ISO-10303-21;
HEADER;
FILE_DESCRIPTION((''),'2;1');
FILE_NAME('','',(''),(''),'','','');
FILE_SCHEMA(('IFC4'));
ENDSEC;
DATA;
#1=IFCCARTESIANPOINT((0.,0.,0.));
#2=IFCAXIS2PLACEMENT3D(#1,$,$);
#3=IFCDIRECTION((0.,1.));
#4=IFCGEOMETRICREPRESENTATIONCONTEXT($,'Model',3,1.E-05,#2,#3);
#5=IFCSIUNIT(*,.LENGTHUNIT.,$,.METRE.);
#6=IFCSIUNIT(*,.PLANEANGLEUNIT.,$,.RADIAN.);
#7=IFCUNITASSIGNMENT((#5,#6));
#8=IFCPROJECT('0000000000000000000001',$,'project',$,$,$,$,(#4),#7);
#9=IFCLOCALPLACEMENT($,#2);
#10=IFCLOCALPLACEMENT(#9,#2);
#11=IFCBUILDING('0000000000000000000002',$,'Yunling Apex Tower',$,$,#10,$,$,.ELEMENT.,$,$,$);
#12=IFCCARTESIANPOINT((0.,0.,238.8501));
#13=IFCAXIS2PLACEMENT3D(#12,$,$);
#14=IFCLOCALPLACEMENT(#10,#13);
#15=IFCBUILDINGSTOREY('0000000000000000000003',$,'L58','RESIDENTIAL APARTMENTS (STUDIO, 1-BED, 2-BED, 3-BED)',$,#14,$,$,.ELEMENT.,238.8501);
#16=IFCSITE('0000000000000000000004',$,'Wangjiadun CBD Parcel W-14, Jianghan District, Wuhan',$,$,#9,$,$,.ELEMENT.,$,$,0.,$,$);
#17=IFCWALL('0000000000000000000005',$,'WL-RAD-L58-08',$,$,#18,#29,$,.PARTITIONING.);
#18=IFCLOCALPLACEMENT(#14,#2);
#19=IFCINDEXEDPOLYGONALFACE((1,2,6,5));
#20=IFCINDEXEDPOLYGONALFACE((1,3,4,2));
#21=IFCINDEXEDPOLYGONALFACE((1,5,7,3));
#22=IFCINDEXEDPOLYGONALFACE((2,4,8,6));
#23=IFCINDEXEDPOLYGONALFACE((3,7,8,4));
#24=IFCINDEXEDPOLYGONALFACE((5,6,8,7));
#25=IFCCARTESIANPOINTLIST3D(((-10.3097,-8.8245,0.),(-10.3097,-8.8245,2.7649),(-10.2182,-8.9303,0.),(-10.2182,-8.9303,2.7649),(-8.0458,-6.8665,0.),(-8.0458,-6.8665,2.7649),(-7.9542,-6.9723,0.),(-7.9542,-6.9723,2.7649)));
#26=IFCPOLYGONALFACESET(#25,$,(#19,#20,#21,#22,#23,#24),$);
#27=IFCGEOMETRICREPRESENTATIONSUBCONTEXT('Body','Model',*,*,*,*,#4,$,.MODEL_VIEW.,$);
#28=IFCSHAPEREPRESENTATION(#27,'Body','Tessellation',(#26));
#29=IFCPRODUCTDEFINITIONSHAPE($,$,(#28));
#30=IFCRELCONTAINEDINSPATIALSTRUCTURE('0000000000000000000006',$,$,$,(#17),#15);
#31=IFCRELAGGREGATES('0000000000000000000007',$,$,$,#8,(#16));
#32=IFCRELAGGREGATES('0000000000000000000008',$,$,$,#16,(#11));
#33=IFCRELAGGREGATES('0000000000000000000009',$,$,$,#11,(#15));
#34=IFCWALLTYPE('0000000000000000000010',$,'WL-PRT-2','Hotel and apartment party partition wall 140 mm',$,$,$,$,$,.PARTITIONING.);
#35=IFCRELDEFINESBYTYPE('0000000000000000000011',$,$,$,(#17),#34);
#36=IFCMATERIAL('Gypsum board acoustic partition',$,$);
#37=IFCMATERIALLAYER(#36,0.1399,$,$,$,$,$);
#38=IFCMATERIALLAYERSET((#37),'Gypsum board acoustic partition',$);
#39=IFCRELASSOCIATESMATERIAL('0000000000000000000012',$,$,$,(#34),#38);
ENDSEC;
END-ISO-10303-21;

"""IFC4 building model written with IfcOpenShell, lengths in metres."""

from ifc_helpers import new_model, si_unit, direction, frame, frame_2d, origin, place, context, subcontext, project, spatial, rectangle, extrude, material, layer, layer_set, type_object, element, save


model = new_model("IFC4")

# Units and contexts
model_context = context("Model", 3, precision=1e-05, world=origin(), true_north=direction((0.0, 1.0)))
body_context = subcontext(model_context, "Body", "Model", "MODEL_VIEW")
ifc_project = project(units=[si_unit("LENGTHUNIT", "METRE"), si_unit("PLANEANGLEUNIT", "RADIAN")], contexts=[model_context])

# Site, building, storey
site_placement = place(None, origin())
site = spatial("IfcSite", under=ifc_project, at=site_placement, Name="Wangjiadun CBD Parcel W-14, Jianghan District, Wuhan", CompositionType="ELEMENT", RefElevation=0.0)
building_placement = place(site_placement, origin())
building = spatial("IfcBuilding", under=site, at=building_placement, Name="Yunling Apex Tower", CompositionType="ELEMENT")
storey_placement = place(building_placement, frame((0.0, 0.0, 238.8501)))
storey = spatial("IfcBuildingStorey", under=building, at=storey_placement, Name="L58", Description="RESIDENTIAL APARTMENTS (STUDIO, 1-BED, 2-BED, 3-BED)", CompositionType="ELEMENT", Elevation=238.8501)

# Shared definitions
ifc_material_1 = material(Name="Gypsum board acoustic partition")

# Wall
ifc_layer_1 = layer(ifc_material_1, 0.1399)
ifc_layer_set_1 = layer_set([ifc_layer_1], Name="Gypsum board acoustic partition")
wall_type_1 = type_object("IfcWallType", Name="WL-PRT-2", Description="Hotel and apartment party partition wall 140 mm", PredefinedType="PARTITIONING", material=ifc_layer_set_1)
wall_1_placement = place(storey_placement, frame((-8.0, -6.9194, 0.0), z_axis=(0.0, 0.0, 1.0), x_axis=(-0.756359, -0.654157, 0.0)))
element("IfcWall", 1, at=wall_1_placement, inside=storey, type_object=wall_type_1, Name="WL-RAD-L58-08", PredefinedType="PARTITIONING", context=body_context, shape_type="SweptSolid", body=[
    extrude(rectangle(XDim=2.9932, YDim=0.1399, at=frame_2d((1.4966, 0.0))), origin(), (0.0, 0.0, 1.0), 2.7649),
])

save(model, "model.ifc")
